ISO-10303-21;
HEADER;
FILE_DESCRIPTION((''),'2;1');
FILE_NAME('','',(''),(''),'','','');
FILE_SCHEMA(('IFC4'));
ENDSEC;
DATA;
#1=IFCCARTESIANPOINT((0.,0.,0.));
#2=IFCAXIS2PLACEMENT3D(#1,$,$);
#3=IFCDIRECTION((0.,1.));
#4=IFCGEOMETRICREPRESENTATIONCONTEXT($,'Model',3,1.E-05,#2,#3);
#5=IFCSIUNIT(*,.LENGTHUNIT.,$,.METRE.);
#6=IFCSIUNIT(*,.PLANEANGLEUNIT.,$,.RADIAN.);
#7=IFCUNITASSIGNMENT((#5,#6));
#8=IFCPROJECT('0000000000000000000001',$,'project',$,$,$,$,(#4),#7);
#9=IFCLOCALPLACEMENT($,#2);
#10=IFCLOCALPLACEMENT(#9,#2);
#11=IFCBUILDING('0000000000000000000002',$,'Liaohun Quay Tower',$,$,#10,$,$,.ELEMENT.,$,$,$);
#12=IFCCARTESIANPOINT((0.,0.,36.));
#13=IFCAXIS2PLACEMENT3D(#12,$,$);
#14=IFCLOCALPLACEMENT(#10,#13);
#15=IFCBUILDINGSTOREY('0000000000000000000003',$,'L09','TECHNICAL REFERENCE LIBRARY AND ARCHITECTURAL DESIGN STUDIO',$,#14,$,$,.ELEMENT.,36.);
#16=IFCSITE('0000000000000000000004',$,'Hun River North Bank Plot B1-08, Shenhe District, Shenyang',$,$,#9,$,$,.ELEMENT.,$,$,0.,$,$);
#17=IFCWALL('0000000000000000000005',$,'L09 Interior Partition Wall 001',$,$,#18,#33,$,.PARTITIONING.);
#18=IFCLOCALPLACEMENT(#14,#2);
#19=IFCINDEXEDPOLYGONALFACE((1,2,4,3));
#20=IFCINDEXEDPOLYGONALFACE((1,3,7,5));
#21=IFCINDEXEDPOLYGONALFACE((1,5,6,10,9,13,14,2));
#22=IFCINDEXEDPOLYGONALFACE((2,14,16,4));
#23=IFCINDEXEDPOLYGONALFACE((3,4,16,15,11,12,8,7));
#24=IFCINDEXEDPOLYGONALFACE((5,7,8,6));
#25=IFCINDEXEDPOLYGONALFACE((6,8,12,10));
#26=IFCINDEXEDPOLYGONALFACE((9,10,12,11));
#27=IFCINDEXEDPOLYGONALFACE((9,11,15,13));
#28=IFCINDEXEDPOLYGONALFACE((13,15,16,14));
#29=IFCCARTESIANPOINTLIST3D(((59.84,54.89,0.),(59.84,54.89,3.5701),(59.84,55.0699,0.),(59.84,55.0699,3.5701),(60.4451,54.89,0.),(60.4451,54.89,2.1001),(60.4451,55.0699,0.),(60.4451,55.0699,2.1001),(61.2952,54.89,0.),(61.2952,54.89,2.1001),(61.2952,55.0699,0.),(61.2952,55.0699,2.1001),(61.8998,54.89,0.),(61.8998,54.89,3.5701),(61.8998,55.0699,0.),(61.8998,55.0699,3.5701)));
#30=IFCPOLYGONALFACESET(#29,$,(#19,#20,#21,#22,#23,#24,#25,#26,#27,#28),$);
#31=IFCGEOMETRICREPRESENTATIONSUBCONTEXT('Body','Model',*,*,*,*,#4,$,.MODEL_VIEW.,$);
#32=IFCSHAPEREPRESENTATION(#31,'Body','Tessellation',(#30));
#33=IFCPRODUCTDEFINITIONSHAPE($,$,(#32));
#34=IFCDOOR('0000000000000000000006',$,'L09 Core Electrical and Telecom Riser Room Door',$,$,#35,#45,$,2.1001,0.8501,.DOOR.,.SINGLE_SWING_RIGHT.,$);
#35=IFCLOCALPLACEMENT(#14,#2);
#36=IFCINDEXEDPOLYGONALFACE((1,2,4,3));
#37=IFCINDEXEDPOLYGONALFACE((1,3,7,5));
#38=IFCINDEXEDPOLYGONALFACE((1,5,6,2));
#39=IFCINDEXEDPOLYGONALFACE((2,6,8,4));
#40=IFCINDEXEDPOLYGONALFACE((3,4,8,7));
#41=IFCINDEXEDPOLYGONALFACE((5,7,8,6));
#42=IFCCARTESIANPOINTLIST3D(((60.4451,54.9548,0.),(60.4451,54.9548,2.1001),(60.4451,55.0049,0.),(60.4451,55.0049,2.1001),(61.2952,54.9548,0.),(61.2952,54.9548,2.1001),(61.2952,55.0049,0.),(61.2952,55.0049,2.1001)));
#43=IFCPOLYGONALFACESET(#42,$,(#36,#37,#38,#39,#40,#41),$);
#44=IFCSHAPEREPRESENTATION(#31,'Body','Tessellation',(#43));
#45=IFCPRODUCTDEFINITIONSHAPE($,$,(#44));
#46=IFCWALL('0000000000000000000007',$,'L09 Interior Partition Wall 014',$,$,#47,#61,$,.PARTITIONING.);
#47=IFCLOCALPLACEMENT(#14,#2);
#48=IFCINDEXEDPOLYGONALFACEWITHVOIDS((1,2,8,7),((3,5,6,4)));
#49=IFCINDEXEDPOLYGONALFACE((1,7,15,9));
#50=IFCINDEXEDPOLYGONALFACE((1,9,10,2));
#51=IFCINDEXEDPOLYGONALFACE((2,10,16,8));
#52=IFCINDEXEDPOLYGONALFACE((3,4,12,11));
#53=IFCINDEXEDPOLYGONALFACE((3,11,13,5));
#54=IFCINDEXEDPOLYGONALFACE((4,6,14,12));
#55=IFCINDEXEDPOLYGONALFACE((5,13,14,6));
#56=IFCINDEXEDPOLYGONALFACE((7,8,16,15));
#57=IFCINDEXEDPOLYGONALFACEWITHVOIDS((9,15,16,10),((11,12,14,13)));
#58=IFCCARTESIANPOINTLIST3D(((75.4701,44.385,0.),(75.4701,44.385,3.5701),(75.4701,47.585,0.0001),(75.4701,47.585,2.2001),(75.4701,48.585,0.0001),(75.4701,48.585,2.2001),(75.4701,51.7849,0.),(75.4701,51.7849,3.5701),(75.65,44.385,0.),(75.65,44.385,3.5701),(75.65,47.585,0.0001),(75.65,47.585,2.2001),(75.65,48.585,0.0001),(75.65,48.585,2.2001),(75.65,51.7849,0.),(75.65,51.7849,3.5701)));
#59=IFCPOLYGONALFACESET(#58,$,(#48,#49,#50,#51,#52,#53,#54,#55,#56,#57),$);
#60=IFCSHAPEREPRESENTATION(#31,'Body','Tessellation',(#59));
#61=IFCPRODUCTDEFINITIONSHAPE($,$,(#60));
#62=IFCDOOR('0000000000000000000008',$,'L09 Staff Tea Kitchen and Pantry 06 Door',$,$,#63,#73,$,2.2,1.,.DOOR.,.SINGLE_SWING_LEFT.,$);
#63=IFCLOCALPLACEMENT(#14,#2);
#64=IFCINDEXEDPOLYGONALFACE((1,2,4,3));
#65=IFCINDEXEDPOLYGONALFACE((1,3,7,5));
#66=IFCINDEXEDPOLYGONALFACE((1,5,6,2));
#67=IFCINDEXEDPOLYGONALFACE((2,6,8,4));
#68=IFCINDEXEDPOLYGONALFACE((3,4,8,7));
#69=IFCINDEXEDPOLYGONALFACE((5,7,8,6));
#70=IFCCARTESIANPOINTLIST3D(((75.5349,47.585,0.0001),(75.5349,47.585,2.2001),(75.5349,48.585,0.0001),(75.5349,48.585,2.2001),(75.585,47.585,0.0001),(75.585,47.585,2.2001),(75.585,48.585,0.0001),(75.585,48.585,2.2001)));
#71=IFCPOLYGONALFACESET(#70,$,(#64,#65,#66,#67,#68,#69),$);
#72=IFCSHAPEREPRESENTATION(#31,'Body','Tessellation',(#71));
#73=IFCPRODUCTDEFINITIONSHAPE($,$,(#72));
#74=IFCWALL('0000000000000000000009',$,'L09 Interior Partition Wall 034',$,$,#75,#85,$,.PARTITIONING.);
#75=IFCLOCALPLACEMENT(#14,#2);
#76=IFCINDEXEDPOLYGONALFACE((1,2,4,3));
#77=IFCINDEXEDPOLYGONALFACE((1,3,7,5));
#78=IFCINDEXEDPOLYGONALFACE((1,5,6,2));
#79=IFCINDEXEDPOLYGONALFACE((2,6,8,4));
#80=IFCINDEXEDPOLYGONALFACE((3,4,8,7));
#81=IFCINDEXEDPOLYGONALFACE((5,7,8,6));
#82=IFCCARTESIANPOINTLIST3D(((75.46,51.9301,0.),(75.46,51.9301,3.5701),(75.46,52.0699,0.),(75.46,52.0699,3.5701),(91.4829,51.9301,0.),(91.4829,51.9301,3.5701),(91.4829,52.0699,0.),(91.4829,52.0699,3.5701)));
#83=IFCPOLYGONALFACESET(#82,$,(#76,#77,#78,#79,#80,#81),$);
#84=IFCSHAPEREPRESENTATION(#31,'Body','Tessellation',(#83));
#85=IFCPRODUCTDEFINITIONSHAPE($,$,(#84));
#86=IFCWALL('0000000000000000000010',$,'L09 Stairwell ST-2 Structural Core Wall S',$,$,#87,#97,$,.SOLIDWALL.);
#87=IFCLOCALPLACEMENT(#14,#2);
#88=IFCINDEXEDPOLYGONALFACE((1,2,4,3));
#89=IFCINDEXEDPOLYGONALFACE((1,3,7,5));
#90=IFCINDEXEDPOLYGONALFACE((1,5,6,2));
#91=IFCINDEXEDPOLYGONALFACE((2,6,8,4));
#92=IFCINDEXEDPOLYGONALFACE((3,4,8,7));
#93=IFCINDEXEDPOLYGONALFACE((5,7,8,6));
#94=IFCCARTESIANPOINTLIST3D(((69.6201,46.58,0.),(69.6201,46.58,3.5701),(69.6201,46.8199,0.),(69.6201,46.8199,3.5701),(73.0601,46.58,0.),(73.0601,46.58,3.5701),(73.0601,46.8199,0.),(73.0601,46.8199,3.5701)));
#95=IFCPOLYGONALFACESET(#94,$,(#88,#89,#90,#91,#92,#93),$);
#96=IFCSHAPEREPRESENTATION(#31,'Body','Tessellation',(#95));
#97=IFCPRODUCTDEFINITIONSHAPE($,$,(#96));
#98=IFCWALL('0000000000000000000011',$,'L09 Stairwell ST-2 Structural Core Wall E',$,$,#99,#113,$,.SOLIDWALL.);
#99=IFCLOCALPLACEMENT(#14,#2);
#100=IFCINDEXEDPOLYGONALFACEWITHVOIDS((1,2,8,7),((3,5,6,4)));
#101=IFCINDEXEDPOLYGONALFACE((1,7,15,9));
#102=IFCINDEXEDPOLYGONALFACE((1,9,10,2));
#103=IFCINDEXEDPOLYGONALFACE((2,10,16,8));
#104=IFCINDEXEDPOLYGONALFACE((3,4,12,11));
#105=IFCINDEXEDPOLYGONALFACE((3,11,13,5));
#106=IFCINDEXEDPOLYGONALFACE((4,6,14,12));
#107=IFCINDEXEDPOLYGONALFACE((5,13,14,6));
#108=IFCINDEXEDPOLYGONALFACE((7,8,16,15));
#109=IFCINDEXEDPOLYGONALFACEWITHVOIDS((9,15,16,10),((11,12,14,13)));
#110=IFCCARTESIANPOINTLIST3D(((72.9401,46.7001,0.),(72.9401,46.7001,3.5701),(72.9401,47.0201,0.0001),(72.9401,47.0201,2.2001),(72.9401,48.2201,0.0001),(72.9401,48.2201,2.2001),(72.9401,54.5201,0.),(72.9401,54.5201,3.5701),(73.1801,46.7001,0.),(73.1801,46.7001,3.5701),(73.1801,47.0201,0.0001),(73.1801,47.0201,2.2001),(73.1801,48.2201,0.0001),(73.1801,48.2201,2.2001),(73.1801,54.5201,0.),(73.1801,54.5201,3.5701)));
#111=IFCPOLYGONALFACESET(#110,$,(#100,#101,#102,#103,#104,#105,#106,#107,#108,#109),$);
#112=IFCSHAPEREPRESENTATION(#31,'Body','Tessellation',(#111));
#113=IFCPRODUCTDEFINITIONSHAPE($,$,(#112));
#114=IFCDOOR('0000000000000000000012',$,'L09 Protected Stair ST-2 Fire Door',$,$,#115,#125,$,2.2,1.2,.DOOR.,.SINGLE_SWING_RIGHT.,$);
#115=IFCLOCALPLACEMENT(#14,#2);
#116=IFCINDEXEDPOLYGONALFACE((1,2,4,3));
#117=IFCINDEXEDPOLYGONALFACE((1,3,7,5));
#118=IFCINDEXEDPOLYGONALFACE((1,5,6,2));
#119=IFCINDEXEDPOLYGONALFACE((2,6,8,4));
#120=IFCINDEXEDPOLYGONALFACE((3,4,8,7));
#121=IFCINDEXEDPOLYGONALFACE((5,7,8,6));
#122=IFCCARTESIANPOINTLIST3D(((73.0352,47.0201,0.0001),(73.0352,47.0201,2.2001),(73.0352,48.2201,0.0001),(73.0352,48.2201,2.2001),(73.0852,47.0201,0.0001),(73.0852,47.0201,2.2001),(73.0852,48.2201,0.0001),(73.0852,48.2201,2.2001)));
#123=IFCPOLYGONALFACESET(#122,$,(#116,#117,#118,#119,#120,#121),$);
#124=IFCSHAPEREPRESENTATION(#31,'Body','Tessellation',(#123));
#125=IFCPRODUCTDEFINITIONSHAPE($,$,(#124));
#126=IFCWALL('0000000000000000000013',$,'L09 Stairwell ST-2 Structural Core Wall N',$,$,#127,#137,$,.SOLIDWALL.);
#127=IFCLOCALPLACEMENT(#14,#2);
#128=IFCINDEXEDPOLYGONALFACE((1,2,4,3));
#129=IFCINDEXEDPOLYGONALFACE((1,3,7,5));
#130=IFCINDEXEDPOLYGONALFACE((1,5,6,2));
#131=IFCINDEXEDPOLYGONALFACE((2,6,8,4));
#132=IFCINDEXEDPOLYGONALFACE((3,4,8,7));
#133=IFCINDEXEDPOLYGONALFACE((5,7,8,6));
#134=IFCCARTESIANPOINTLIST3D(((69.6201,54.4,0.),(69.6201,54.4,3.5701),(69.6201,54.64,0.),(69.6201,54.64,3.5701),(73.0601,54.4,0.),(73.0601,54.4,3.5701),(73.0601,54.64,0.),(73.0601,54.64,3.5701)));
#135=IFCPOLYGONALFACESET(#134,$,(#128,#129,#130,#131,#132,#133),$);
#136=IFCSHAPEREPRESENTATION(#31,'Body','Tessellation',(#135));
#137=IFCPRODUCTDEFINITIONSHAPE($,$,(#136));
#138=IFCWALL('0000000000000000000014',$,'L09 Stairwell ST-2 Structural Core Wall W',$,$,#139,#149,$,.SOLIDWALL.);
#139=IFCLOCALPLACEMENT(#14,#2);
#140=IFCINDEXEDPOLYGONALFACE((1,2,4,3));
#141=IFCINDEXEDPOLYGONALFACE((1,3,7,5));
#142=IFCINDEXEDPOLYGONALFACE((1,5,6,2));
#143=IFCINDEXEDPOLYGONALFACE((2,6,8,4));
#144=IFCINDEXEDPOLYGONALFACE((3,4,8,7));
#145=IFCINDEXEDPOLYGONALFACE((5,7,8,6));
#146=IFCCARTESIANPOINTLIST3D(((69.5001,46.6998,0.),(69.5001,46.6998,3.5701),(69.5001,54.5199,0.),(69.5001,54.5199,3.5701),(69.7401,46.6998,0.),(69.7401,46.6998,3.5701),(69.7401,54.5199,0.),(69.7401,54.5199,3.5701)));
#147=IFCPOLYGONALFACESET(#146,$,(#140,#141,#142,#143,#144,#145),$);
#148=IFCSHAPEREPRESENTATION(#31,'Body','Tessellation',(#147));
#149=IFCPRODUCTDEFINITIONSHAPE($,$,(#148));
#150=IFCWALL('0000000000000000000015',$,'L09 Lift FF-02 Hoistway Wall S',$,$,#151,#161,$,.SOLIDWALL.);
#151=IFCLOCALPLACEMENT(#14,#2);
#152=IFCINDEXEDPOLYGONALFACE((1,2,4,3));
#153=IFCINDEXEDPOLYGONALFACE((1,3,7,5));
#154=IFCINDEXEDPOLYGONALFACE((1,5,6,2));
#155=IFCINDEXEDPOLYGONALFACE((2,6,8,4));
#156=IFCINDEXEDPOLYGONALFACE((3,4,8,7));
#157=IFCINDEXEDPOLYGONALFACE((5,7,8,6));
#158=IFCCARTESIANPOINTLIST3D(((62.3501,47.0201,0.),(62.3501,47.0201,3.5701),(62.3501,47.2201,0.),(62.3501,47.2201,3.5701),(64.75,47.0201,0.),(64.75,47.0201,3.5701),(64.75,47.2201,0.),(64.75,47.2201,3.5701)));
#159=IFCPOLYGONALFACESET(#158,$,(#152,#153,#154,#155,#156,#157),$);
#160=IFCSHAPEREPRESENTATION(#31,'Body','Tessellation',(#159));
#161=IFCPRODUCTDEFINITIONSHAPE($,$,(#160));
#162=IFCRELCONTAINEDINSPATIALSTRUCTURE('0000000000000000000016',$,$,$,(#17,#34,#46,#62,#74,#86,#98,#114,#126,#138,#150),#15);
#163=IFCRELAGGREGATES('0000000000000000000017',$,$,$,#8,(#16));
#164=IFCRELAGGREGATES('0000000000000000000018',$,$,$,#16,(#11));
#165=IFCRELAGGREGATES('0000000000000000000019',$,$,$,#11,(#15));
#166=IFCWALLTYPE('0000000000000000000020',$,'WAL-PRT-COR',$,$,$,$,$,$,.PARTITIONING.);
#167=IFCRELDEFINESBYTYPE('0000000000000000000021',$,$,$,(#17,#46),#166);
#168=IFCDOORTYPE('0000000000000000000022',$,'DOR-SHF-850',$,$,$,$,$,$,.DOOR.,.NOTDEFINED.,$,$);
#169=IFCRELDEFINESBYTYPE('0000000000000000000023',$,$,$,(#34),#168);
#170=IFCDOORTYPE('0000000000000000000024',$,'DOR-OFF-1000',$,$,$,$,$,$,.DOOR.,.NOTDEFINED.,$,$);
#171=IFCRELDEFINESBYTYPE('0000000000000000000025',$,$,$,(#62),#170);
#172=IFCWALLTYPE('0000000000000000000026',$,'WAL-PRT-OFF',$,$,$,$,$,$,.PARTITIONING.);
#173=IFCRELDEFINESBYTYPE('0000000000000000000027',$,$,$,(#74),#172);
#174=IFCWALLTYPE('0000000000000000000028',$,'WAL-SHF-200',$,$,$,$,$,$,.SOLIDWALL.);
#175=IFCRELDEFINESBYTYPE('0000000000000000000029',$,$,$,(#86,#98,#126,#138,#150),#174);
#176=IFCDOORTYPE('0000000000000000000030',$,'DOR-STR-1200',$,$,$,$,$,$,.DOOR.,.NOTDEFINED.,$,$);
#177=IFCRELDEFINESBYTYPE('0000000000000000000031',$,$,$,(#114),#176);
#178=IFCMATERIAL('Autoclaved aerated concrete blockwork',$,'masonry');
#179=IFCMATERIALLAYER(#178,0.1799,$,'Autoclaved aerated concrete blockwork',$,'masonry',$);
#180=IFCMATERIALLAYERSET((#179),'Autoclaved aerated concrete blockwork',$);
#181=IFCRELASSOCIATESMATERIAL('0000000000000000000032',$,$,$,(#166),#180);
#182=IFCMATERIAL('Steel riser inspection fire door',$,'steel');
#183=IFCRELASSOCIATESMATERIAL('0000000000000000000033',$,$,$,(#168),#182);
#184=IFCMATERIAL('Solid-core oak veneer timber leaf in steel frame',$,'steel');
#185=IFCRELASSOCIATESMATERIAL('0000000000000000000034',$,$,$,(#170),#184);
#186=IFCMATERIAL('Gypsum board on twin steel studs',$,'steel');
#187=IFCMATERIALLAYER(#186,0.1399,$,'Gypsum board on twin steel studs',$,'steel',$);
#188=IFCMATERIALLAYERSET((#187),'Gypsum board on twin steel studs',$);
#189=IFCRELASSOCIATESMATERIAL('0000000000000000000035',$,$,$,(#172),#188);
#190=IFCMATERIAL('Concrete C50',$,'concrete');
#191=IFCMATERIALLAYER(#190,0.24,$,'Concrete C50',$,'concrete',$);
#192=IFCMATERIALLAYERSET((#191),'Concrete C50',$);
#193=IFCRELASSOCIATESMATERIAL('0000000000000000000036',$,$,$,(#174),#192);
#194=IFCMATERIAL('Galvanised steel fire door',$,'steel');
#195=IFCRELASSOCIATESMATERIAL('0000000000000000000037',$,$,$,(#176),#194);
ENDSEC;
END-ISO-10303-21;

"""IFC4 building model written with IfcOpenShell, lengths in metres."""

from ifc_helpers import new_model, si_unit, direction, frame, frame_2d, origin, place, context, subcontext, project, spatial, rectangle, extrude, source, transform, mapped, material, layer, layer_set, type_object, element, fill, save


model = new_model("IFC4")

# Units and contexts
model_context = context("Model", 3, precision=1e-05, world=origin(), true_north=direction((0.0, 1.0)))
body_context = subcontext(model_context, "Body", "Model", "MODEL_VIEW")
ifc_project = project(units=[si_unit("LENGTHUNIT", "METRE"), si_unit("PLANEANGLEUNIT", "RADIAN")], contexts=[model_context])

# Site, building, storey
site_placement = place(None, origin())
site = spatial("IfcSite", under=ifc_project, at=site_placement, Name="Hun River North Bank Plot B1-08, Shenhe District, Shenyang", CompositionType="ELEMENT", RefElevation=0.0)
building_placement = place(site_placement, origin())
building = spatial("IfcBuilding", under=site, at=building_placement, Name="Liaohun Quay Tower", CompositionType="ELEMENT")
storey_placement = place(building_placement, frame((0.0, 0.0, 36.0)))
storey = spatial("IfcBuildingStorey", under=building, at=storey_placement, Name="L09", Description="TECHNICAL REFERENCE LIBRARY AND ARCHITECTURAL DESIGN STUDIO", CompositionType="ELEMENT", Elevation=36.0)

# Walls, openings, doors
ifc_material_1 = material(Name="Autoclaved aerated concrete blockwork", Category="masonry")
ifc_layer_1 = layer(ifc_material_1, 0.1799, Name="Autoclaved aerated concrete blockwork", Category="masonry")
ifc_layer_set_1 = layer_set([ifc_layer_1], Name="Autoclaved aerated concrete blockwork")
wall_type_1 = type_object("IfcWallType", Name="WAL-PRT-COR", PredefinedType="PARTITIONING", material=ifc_layer_set_1)
wall_1_placement = place(storey_placement, frame((59.8401, 54.98, 0.0), z_axis=(0.0, 0.0, 1.0), x_axis=(1.0, 0.0, 0.0)))
wall_1 = element("IfcWall", 1, at=wall_1_placement, inside=storey, type_object=wall_type_1, Name="L09 Interior Partition Wall 001", PredefinedType="PARTITIONING", context=body_context, shape_type="SweptSolid", body=[
    extrude(rectangle(XDim=2.0598, YDim=0.1799, at=frame_2d((1.0298, 0.0))), origin(), (0.0, 0.0, 1.0), 3.5701),
])
shared_shape_1 = source(origin(), body_context, "Body", "SweptSolid", [
    extrude(rectangle(XDim=0.8501, YDim=2.1001, at=frame_2d((0.425, 1.05))), frame((0.0, 0.0999, 0.0), z_axis=(0.0, -1.0, 0.0), x_axis=(1.0, 0.0, 0.0)), (0.0, 0.0, 1.0), 0.2),
])
opening_1_placement = place(wall_1_placement, frame((0.605, 0.0, 0.0)))
opening_1 = element("IfcOpeningElement", 2, at=opening_1_placement, cuts=wall_1, PredefinedType="OPENING", context=body_context, shape_type="MappedRepresentation", body=[
    mapped(shared_shape_1, transform((0.0, 0.0, 0.0), x_axis=(1.0, 0.0, 0.0), y_axis=(0.0, 1.0, 0.0), z_axis=(0.0, 0.0, 1.0), scale=1.0)),
])
ifc_material_2 = material(Name="Steel riser inspection fire door", Category="steel")
door_type_1 = type_object("IfcDoorType", Name="DOR-SHF-850", OperationType="NOTDEFINED", PredefinedType="DOOR", material=ifc_material_2)
shared_shape_2 = source(origin(), body_context, "Body", "SweptSolid", [
    extrude(rectangle(XDim=0.8501, YDim=2.1001, at=frame_2d((0.425, 1.05))), frame((0.0, 0.0249, 0.0), z_axis=(0.0, -1.0, 0.0), x_axis=(1.0, 0.0, 0.0)), (0.0, 0.0, 1.0), 0.05),
])
door_1_placement = place(opening_1_placement, origin())
door_1 = element("IfcDoor", 3, at=door_1_placement, inside=storey, type_object=door_type_1, Name="L09 Core Electrical and Telecom Riser Room Door", OperationType="SINGLE_SWING_RIGHT", OverallHeight=2.1001, OverallWidth=0.8501, PredefinedType="DOOR", context=body_context, shape_type="MappedRepresentation", body=[
    mapped(shared_shape_2, transform((0.0, 0.0, 0.0), x_axis=(1.0, 0.0, 0.0), y_axis=(0.0, 1.0, 0.0), z_axis=(0.0, 0.0, 1.0), scale=1.0)),
])
fill(opening_1, door_1)
wall_2_placement = place(storey_placement, frame((75.5601, 51.7849, 0.0), z_axis=(0.0, 0.0, 1.0), x_axis=(0.0, -1.0, 0.0)))
wall_2 = element("IfcWall", 4, at=wall_2_placement, inside=storey, type_object=wall_type_1, Name="L09 Interior Partition Wall 014", PredefinedType="PARTITIONING", context=body_context, shape_type="SweptSolid", body=[
    extrude(rectangle(XDim=7.3999, YDim=0.1799, at=frame_2d((3.7, 0.0))), origin(), (0.0, 0.0, 1.0), 3.5701),
])
shared_shape_3 = source(origin(), body_context, "Body", "SweptSolid", [
    extrude(rectangle(XDim=1.0, YDim=2.2, at=frame_2d((0.5, 1.1001))), frame((0.0, 0.0999, 0.0), z_axis=(0.0, -1.0, 0.0), x_axis=(1.0, 0.0, 0.0)), (0.0, 0.0, 1.0), 0.2),
])
opening_2_placement = place(wall_2_placement, frame((3.2, 0.0, 0.0)))
opening_2 = element("IfcOpeningElement", 5, at=opening_2_placement, cuts=wall_2, PredefinedType="OPENING", context=body_context, shape_type="MappedRepresentation", body=[
    mapped(shared_shape_3, transform((0.0, 0.0, 0.0), x_axis=(1.0, 0.0, 0.0), y_axis=(0.0, 1.0, 0.0), z_axis=(0.0, 0.0, 1.0), scale=1.0)),
])
ifc_material_3 = material(Name="Solid-core oak veneer timber leaf in steel frame", Category="steel")
door_type_2 = type_object("IfcDoorType", Name="DOR-OFF-1000", OperationType="NOTDEFINED", PredefinedType="DOOR", material=ifc_material_3)
shared_shape_4 = source(origin(), body_context, "Body", "SweptSolid", [
    extrude(rectangle(XDim=1.0, YDim=2.2, at=frame_2d((0.5, 1.1001))), frame((0.0, 0.0249, 0.0), z_axis=(0.0, -1.0, 0.0), x_axis=(1.0, 0.0, 0.0)), (0.0, 0.0, 1.0), 0.05),
])
door_2_placement = place(opening_2_placement, origin())
door_2 = element("IfcDoor", 6, at=door_2_placement, inside=storey, type_object=door_type_2, Name="L09 Staff Tea Kitchen and Pantry 06 Door", OperationType="SINGLE_SWING_LEFT", OverallHeight=2.2, OverallWidth=1.0, PredefinedType="DOOR", context=body_context, shape_type="MappedRepresentation", body=[
    mapped(shared_shape_4, transform((0.0, 0.0, 0.0), x_axis=(1.0, 0.0, 0.0), y_axis=(0.0, 1.0, 0.0), z_axis=(0.0, 0.0, 1.0), scale=1.0)),
])
fill(opening_2, door_2)

# Walls
ifc_material_4 = material(Name="Gypsum board on twin steel studs", Category="steel")
ifc_layer_2 = layer(ifc_material_4, 0.1399, Name="Gypsum board on twin steel studs", Category="steel")
ifc_layer_set_2 = layer_set([ifc_layer_2], Name="Gypsum board on twin steel studs")
wall_type_2 = type_object("IfcWallType", Name="WAL-PRT-OFF", PredefinedType="PARTITIONING", material=ifc_layer_set_2)
wall_3_placement = place(storey_placement, frame((75.46, 52.0, 0.0), z_axis=(0.0, 0.0, 1.0), x_axis=(1.0, 0.0, 0.0)))
element("IfcWall", 7, at=wall_3_placement, inside=storey, type_object=wall_type_2, Name="L09 Interior Partition Wall 034", PredefinedType="PARTITIONING", context=body_context, shape_type="SweptSolid", body=[
    extrude(rectangle(XDim=16.0229, YDim=0.1399, at=frame_2d((8.0115, 0.0))), origin(), (0.0, 0.0, 1.0), 3.5701),
])
ifc_material_5 = material(Name="Concrete C50", Category="concrete")
ifc_layer_3 = layer(ifc_material_5, 0.24, Name="Concrete C50", Category="concrete")
ifc_layer_set_3 = layer_set([ifc_layer_3], Name="Concrete C50")
wall_type_3 = type_object("IfcWallType", Name="WAL-SHF-200", PredefinedType="SOLIDWALL", material=ifc_layer_set_3)
wall_4_placement = place(storey_placement, frame((69.6201, 46.7, 0.0), z_axis=(0.0, 0.0, 1.0), x_axis=(1.0, 0.0, 0.0)))
element("IfcWall", 8, at=wall_4_placement, inside=storey, type_object=wall_type_3, Name="L09 Stairwell ST-2 Structural Core Wall S", PredefinedType="SOLIDWALL", context=body_context, shape_type="SweptSolid", body=[
    extrude(rectangle(XDim=3.4399, YDim=0.24, at=frame_2d((1.72, 0.0))), origin(), (0.0, 0.0, 1.0), 3.5701),
])

# Wall, opening, door
wall_5_placement = place(storey_placement, frame((73.0601, 46.7, 0.0), z_axis=(0.0, 0.0, 1.0), x_axis=(0.0, 1.0, 0.0)))
wall_5 = element("IfcWall", 9, at=wall_5_placement, inside=storey, type_object=wall_type_3, Name="L09 Stairwell ST-2 Structural Core Wall E", PredefinedType="SOLIDWALL", context=body_context, shape_type="SweptSolid", body=[
    extrude(rectangle(XDim=7.8201, YDim=0.24, at=frame_2d((3.9102, 0.0))), origin(), (0.0, 0.0, 1.0), 3.5701),
])
shared_shape_5 = source(origin(), body_context, "Body", "SweptSolid", [
    extrude(rectangle(XDim=1.2, YDim=2.2, at=frame_2d((0.6001, 1.1001))), frame((0.0, 0.1299, 0.0), z_axis=(0.0, -1.0, 0.0), x_axis=(1.0, 0.0, 0.0)), (0.0, 0.0, 1.0), 0.26),
])
opening_3_placement = place(wall_5_placement, frame((0.3201, 0.0, 0.0)))
opening_3 = element("IfcOpeningElement", 10, at=opening_3_placement, cuts=wall_5, PredefinedType="OPENING", context=body_context, shape_type="MappedRepresentation", body=[
    mapped(shared_shape_5, transform((0.0, 0.0, 0.0), x_axis=(1.0, 0.0, 0.0), y_axis=(0.0, 1.0, 0.0), z_axis=(0.0, 0.0, 1.0), scale=1.0)),
])
ifc_material_6 = material(Name="Galvanised steel fire door", Category="steel")
door_type_3 = type_object("IfcDoorType", Name="DOR-STR-1200", OperationType="NOTDEFINED", PredefinedType="DOOR", material=ifc_material_6)
shared_shape_6 = source(origin(), body_context, "Body", "SweptSolid", [
    extrude(rectangle(XDim=1.2, YDim=2.2, at=frame_2d((0.6001, 1.1001))), frame((0.0, 0.0249, 0.0), z_axis=(0.0, -1.0, 0.0), x_axis=(1.0, 0.0, 0.0)), (0.0, 0.0, 1.0), 0.05),
])
door_3_placement = place(opening_3_placement, origin())
door_3 = element("IfcDoor", 11, at=door_3_placement, inside=storey, type_object=door_type_3, Name="L09 Protected Stair ST-2 Fire Door", OperationType="SINGLE_SWING_RIGHT", OverallHeight=2.2, OverallWidth=1.2, PredefinedType="DOOR", context=body_context, shape_type="MappedRepresentation", body=[
    mapped(shared_shape_6, transform((0.0, 0.0, 0.0), x_axis=(1.0, 0.0, 0.0), y_axis=(0.0, 1.0, 0.0), z_axis=(0.0, 0.0, 1.0), scale=1.0)),
])
fill(opening_3, door_3)

# Walls
wall_6_placement = place(storey_placement, frame((73.0601, 54.52, 0.0), z_axis=(0.0, 0.0, 1.0), x_axis=(-1.0, 0.0, 0.0)))
element("IfcWall", 12, at=wall_6_placement, inside=storey, type_object=wall_type_3, Name="L09 Stairwell ST-2 Structural Core Wall N", PredefinedType="SOLIDWALL", context=body_context, shape_type="SweptSolid", body=[
    extrude(rectangle(XDim=3.4399, YDim=0.24, at=frame_2d((1.72, 0.0))), origin(), (0.0, 0.0, 1.0), 3.5701),
])
wall_7_placement = place(storey_placement, frame((69.6201, 54.52, 0.0), z_axis=(0.0, 0.0, 1.0), x_axis=(0.0, -1.0, 0.0)))
element("IfcWall", 13, at=wall_7_placement, inside=storey, type_object=wall_type_3, Name="L09 Stairwell ST-2 Structural Core Wall W", PredefinedType="SOLIDWALL", context=body_context, shape_type="SweptSolid", body=[
    extrude(rectangle(XDim=7.8201, YDim=0.24, at=frame_2d((3.9102, 0.0))), origin(), (0.0, 0.0, 1.0), 3.5701),
])
wall_8_placement = place(storey_placement, frame((62.3501, 47.1201, 0.0), z_axis=(0.0, 0.0, 1.0), x_axis=(1.0, 0.0, 0.0)))
element("IfcWall", 14, at=wall_8_placement, inside=storey, type_object=wall_type_3, Name="L09 Lift FF-02 Hoistway Wall S", PredefinedType="SOLIDWALL", context=body_context, shape_type="SweptSolid", body=[
    extrude(rectangle(XDim=2.3999, YDim=0.2, at=frame_2d((1.2, 0.0))), origin(), (0.0, 0.0, 1.0), 3.5701),
])

save(model, "model.ifc")
